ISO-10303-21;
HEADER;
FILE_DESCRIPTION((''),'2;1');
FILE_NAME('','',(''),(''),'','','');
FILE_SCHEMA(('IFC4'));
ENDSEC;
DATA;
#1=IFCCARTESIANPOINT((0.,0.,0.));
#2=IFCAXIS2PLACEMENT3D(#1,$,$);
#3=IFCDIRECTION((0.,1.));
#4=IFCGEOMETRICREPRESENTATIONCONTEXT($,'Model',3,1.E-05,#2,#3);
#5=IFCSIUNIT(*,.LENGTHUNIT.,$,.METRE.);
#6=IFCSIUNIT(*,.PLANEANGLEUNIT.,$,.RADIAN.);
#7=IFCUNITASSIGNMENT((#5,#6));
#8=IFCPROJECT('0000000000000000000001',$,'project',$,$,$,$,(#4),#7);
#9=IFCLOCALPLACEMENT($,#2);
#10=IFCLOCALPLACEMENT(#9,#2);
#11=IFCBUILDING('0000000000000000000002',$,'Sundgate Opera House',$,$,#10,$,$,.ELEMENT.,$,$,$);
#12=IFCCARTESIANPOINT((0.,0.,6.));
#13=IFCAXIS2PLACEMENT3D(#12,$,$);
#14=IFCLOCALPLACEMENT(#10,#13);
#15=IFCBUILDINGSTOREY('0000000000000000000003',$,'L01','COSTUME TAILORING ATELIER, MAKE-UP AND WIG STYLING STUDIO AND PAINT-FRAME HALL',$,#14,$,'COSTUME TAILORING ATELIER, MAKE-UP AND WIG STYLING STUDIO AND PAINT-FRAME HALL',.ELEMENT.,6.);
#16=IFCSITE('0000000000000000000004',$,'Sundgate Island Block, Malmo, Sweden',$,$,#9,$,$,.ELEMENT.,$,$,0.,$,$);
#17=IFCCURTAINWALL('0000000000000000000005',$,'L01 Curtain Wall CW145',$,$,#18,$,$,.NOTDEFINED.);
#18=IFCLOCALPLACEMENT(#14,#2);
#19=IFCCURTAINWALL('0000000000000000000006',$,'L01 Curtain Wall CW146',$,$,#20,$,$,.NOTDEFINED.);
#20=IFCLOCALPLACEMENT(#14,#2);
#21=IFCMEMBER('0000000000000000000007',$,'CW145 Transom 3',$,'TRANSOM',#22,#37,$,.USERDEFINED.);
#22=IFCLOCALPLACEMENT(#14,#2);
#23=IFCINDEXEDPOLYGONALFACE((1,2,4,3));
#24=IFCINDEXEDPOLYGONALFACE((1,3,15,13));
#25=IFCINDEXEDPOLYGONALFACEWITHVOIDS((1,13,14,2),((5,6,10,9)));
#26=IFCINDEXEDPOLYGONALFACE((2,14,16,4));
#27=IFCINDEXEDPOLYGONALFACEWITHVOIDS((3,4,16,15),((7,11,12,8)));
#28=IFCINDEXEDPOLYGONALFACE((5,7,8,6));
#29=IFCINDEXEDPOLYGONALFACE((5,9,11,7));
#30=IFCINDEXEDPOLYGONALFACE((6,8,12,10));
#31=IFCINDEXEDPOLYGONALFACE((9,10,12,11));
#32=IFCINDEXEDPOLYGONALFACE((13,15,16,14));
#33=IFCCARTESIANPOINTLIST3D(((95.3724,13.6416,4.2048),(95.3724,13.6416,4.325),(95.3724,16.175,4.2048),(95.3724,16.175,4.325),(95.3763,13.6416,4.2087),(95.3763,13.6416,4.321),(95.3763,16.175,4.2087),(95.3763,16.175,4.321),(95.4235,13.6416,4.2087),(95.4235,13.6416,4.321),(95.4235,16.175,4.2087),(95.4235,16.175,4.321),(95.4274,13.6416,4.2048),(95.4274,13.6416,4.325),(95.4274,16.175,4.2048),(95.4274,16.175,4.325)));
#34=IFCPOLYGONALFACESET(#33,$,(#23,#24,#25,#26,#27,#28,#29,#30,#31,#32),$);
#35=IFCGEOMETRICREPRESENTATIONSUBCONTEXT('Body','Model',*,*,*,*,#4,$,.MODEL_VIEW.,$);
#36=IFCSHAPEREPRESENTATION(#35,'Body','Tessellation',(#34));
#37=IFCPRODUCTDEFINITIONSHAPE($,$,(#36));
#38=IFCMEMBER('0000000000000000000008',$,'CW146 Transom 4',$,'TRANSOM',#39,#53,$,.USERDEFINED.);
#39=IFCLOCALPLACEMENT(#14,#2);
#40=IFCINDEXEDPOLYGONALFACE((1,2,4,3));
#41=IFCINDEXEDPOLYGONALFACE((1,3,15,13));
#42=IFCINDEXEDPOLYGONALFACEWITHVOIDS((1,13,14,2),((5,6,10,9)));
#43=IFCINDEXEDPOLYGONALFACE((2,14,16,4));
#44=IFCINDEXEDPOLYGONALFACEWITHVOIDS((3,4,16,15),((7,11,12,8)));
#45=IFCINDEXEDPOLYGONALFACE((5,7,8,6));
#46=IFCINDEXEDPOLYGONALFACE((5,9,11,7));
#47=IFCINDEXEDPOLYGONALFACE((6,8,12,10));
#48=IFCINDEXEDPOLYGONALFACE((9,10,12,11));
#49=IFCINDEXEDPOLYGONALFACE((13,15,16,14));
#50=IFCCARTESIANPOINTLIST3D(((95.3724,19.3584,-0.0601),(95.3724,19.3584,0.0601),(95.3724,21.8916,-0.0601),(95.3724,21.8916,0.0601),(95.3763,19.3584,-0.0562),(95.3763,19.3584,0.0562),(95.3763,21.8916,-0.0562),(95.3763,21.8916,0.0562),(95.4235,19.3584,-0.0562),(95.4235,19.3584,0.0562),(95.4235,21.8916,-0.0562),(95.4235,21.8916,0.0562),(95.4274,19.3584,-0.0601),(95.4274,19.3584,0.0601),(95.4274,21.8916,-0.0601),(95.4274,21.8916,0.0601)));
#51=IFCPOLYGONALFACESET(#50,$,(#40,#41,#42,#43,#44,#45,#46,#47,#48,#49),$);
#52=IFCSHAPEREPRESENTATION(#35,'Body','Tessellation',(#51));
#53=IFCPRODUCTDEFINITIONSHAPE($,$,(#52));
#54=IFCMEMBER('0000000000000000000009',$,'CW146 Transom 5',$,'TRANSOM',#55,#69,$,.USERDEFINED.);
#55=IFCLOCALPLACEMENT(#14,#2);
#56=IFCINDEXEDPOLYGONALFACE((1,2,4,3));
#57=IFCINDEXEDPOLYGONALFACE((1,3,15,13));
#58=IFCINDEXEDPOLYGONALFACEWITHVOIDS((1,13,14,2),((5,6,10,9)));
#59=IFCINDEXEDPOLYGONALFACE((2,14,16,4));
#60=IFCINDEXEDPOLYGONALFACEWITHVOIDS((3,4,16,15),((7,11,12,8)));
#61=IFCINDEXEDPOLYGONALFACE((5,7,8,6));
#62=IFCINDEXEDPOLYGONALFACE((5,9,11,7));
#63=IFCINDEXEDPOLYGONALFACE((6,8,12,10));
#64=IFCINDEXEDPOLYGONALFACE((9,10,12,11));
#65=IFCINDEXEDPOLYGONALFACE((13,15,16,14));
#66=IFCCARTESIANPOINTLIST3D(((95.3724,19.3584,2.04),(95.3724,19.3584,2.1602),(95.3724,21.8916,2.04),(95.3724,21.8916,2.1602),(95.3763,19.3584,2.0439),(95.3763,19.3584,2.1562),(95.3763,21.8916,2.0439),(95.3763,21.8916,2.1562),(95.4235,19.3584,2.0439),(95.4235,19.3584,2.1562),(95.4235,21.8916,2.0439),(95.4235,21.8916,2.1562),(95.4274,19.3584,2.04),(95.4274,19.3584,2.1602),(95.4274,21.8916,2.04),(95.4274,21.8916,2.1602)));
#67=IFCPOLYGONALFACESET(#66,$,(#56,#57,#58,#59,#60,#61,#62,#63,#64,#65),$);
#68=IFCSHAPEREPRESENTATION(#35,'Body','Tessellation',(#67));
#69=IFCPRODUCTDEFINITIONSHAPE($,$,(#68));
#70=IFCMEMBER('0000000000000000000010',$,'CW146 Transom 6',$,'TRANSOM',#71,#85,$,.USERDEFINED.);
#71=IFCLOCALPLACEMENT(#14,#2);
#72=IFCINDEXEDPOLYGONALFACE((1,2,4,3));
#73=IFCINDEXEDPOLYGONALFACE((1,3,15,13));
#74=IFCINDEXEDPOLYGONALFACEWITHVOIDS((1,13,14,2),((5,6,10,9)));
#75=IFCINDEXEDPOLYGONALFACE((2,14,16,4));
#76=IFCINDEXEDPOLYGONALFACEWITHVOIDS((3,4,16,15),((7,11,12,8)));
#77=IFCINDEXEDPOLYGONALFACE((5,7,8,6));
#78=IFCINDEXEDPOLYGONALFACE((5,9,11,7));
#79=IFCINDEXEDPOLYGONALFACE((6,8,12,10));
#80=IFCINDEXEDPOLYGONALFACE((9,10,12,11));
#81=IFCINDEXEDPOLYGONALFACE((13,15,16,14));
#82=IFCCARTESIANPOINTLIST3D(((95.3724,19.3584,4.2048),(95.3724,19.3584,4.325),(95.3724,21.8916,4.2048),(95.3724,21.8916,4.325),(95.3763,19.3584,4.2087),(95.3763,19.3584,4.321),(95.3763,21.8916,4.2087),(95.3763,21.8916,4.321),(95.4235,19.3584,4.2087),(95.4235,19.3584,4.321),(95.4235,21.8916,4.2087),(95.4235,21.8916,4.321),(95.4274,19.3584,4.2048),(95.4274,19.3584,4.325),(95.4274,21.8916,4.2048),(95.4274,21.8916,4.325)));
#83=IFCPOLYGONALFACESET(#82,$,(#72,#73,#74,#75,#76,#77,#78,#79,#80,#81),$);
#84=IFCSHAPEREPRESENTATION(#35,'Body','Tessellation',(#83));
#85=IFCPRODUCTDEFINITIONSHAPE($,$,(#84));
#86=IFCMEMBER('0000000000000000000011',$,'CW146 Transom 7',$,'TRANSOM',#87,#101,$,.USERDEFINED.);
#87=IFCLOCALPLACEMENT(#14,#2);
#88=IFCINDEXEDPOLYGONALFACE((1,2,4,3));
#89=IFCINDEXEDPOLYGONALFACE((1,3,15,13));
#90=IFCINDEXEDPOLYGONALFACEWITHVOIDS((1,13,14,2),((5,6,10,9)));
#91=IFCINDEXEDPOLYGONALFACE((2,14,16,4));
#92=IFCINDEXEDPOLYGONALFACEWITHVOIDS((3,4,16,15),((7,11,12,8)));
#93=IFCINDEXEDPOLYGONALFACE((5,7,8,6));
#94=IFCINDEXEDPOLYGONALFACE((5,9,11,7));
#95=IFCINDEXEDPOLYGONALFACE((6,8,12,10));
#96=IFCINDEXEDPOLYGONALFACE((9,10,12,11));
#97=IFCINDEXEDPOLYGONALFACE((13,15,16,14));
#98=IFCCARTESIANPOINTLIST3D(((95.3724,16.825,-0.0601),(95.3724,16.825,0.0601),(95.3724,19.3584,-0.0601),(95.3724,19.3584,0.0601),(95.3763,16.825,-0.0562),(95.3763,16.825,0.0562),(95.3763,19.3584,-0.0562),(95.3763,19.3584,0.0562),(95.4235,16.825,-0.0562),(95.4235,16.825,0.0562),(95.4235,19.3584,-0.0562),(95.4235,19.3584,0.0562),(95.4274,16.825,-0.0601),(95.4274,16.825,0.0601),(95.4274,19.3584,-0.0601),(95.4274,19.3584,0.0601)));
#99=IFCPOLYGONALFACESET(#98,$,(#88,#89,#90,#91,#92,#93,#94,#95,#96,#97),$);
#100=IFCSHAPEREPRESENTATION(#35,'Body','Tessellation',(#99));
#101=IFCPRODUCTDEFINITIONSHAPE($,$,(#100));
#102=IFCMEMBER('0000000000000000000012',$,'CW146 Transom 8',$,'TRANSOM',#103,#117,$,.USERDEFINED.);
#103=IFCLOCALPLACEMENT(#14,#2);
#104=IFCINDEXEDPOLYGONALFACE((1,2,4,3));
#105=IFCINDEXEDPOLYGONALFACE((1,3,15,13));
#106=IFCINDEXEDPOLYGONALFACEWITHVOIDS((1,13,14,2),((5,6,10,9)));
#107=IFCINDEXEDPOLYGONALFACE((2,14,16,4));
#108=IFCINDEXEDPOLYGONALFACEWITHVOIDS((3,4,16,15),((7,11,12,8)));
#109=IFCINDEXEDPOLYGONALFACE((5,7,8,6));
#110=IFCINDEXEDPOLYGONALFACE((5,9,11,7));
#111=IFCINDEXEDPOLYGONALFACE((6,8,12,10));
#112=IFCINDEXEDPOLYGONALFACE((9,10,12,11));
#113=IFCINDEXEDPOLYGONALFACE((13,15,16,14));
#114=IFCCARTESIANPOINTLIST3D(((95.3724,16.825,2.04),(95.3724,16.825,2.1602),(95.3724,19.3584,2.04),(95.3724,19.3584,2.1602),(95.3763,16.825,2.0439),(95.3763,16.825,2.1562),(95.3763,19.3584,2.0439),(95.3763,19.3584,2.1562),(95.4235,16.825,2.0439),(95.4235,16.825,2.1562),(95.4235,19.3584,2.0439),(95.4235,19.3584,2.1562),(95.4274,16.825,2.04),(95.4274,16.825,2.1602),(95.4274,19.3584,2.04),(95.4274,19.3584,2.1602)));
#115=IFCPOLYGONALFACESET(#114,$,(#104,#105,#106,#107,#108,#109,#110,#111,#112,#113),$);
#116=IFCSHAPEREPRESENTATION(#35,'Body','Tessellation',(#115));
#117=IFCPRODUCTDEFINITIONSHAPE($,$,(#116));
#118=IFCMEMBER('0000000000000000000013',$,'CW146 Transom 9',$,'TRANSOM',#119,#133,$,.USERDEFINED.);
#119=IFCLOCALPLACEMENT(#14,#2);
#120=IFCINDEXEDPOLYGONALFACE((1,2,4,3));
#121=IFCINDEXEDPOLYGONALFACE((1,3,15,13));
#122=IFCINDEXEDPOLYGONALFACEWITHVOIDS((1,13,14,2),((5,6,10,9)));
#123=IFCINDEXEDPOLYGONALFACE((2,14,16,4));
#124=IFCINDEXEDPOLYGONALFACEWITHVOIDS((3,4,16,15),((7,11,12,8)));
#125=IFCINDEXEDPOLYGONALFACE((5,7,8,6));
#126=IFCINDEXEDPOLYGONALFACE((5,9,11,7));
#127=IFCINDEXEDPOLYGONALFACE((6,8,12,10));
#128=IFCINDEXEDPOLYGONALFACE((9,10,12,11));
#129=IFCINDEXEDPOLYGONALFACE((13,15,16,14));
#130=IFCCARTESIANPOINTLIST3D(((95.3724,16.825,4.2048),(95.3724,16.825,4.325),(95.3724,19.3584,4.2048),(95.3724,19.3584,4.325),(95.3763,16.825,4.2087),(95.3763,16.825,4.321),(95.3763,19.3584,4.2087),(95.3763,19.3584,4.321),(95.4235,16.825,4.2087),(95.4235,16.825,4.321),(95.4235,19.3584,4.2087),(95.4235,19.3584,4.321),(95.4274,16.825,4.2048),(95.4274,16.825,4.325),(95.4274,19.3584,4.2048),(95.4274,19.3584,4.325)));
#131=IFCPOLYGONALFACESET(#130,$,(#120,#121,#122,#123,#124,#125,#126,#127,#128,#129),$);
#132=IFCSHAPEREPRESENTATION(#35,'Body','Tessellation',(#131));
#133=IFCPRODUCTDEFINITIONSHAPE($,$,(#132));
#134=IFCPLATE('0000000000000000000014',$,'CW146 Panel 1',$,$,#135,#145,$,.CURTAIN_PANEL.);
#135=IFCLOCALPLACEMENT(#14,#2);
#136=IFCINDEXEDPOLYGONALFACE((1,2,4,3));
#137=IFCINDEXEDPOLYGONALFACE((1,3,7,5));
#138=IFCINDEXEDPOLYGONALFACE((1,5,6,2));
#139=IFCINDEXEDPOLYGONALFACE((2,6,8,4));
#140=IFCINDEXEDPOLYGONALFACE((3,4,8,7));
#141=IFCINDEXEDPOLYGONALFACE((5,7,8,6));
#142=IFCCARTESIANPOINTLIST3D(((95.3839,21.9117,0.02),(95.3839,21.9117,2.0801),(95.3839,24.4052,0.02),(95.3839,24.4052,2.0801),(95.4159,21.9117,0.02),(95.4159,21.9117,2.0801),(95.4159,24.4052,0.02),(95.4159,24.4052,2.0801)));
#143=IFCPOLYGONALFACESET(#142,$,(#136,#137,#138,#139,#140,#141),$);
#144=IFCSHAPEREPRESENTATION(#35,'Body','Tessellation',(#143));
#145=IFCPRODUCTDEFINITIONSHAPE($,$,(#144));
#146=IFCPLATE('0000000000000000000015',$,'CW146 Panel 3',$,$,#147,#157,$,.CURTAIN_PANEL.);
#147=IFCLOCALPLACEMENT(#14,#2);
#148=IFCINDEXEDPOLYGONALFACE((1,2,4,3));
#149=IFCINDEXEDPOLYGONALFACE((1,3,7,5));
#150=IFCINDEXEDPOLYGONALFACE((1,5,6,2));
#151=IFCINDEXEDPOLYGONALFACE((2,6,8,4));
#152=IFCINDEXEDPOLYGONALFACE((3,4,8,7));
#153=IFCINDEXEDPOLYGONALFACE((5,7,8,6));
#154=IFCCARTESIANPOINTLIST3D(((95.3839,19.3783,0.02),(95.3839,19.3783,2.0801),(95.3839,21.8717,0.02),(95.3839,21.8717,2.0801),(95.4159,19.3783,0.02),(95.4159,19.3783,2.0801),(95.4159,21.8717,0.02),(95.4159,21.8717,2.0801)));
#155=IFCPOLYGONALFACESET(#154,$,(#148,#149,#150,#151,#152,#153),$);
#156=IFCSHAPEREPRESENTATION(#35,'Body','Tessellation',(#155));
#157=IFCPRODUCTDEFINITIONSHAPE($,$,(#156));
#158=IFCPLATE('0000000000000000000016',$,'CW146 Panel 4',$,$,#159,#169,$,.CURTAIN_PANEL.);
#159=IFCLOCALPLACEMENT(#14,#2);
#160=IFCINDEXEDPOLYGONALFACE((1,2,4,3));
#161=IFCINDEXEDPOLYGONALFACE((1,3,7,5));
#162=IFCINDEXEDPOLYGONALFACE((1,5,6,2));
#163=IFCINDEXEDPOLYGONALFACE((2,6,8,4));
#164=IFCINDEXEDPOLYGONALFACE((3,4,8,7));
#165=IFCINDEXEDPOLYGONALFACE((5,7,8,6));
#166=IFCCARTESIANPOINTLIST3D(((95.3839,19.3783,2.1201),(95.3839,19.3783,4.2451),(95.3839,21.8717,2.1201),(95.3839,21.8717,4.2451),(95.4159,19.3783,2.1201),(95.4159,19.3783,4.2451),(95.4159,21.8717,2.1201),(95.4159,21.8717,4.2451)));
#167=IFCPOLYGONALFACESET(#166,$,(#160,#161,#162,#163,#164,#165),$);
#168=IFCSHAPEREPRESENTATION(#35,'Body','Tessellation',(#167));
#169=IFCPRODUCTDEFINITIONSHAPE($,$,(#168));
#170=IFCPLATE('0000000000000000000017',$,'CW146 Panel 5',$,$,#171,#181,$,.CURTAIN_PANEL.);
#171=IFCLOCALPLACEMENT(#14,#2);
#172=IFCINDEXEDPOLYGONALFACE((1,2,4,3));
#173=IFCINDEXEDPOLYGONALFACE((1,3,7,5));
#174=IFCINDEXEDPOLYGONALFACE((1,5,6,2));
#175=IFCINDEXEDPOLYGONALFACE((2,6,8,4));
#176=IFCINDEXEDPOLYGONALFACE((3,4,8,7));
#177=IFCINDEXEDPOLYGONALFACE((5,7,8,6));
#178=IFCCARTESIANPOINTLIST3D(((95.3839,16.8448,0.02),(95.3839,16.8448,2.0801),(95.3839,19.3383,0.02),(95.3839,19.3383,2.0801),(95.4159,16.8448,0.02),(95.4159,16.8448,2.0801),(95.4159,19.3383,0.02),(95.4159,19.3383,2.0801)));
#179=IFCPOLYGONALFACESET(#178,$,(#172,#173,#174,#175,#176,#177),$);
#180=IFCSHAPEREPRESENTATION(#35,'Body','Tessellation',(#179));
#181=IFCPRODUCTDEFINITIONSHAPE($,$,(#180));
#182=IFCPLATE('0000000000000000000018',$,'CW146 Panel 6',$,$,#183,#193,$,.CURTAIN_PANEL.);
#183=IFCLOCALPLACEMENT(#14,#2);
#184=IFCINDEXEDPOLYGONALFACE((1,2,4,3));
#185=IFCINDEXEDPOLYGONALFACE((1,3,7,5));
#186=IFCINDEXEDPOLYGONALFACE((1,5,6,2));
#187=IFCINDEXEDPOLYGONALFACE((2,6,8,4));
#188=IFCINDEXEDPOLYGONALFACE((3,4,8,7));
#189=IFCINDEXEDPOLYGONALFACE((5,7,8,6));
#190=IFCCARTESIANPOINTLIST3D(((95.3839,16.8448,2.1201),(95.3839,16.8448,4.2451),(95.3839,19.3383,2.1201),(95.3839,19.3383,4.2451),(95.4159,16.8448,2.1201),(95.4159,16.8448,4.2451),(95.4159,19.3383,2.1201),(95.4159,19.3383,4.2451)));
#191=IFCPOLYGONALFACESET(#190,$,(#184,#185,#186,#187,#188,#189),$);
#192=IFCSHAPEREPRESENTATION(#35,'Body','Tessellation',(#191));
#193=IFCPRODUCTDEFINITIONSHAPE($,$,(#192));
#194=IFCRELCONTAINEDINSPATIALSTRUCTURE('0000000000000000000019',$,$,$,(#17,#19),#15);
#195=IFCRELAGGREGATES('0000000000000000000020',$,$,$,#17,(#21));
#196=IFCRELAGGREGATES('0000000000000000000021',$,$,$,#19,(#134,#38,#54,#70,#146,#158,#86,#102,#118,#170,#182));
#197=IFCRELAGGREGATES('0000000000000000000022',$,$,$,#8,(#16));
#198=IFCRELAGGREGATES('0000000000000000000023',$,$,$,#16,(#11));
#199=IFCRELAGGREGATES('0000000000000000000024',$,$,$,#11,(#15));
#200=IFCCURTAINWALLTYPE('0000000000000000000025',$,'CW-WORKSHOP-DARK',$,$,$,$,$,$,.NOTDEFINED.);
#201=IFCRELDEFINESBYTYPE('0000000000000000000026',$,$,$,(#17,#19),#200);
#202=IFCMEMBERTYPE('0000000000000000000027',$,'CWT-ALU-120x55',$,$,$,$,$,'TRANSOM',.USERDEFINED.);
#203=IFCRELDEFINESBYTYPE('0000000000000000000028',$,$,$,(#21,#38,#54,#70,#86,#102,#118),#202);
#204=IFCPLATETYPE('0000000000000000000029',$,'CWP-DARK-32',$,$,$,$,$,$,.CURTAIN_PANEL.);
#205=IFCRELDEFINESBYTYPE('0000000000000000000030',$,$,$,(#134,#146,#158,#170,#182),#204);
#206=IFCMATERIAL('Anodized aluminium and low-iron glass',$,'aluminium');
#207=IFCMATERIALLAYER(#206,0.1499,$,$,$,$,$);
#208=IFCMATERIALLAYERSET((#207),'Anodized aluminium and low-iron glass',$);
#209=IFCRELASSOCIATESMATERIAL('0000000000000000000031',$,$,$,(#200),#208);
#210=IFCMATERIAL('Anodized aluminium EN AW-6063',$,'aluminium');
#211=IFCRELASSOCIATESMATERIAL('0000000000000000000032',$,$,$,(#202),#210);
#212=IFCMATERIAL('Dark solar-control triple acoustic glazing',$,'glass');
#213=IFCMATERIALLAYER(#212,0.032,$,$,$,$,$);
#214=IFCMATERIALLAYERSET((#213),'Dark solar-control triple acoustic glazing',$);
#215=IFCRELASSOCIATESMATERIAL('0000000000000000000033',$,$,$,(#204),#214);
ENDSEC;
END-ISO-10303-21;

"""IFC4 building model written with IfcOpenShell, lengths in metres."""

from ifc_helpers import new_model, si_unit, direction, frame, origin, origin_2d, place, context, subcontext, project, spatial, rectangle, hollow_rectangle, extrude, material, layer, layer_set, material_profile, profile_set, type_object, element, aggregate, save


model = new_model("IFC4")

# Units and contexts
model_context = context("Model", 3, precision=1e-05, world=origin(), true_north=direction((0.0, 1.0)))
body_context = subcontext(model_context, "Body", "Model", "MODEL_VIEW")
ifc_project = project(units=[si_unit("LENGTHUNIT", "METRE"), si_unit("PLANEANGLEUNIT", "RADIAN")], contexts=[model_context])

# Site, building, storey
site_placement = place(None, origin())
site = spatial("IfcSite", under=ifc_project, at=site_placement, Name="Sundgate Island Block, Malmo, Sweden", CompositionType="ELEMENT", RefElevation=0.0)
building_placement = place(site_placement, origin())
building = spatial("IfcBuilding", under=site, at=building_placement, Name="Sundgate Opera House", CompositionType="ELEMENT")
storey_placement = place(building_placement, frame((0.0, 0.0, 6.0)))
storey = spatial("IfcBuildingStorey", under=building, at=storey_placement, Name="L01", Description="COSTUME TAILORING ATELIER, MAKE-UP AND WIG STYLING STUDIO AND PAINT-FRAME HALL", LongName="COSTUME TAILORING ATELIER, MAKE-UP AND WIG STYLING STUDIO AND PAINT-FRAME HALL", CompositionType="ELEMENT", Elevation=6.0)

# Curtain wall
ifc_material_1 = material(Name="Anodized aluminium and low-iron glass", Category="aluminium")
ifc_layer_1 = layer(ifc_material_1, 0.1499)
ifc_layer_set_1 = layer_set([ifc_layer_1], Name="Anodized aluminium and low-iron glass")
curtain_wall_type = type_object("IfcCurtainWallType", Name="CW-WORKSHOP-DARK", PredefinedType="NOTDEFINED", material=ifc_layer_set_1)
curtain_wall_1_placement = place(storey_placement, origin())
curtain_wall_1 = element("IfcCurtainWall", 1, at=curtain_wall_1_placement, inside=storey, type_object=curtain_wall_type, Name="L01 Curtain Wall CW145", PredefinedType="NOTDEFINED")

# Curtain wall
curtain_wall_2_placement = place(storey_placement, origin())
curtain_wall_2 = element("IfcCurtainWall", 2, at=curtain_wall_2_placement, inside=storey, type_object=curtain_wall_type, Name="L01 Curtain Wall CW146", PredefinedType="NOTDEFINED")

# Members
ifc_material_2 = material(Name="Anodized aluminium EN AW-6063", Category="aluminium")
ifc_material_profile_1 = material_profile(ifc_material_2, hollow_rectangle(XDim=0.0549, YDim=0.1201, WallThickness=0.0039, at=origin_2d()), Name="CWT 120x55x4")
ifc_profile_set_1 = profile_set([ifc_material_profile_1], Name="Anodized aluminium EN AW-6063")
member_type_1 = type_object("IfcMemberType", Name="CWT-ALU-120x55", ElementType="TRANSOM", PredefinedType="USERDEFINED", material=ifc_profile_set_1)
member_1_placement = place(storey_placement, frame((95.3999, 16.175, 4.2649), z_axis=(0.0, -1.0, 0.0), x_axis=(1.0, 0.0, 0.0)))
member_1 = element("IfcMember", 3, at=member_1_placement, type_object=member_type_1, Name="CW145 Transom 3", ObjectType="TRANSOM", PredefinedType="USERDEFINED", context=body_context, shape_type="SweptSolid", body=[
    extrude(hollow_rectangle(XDim=0.0549, YDim=0.1201, WallThickness=0.0039, at=origin_2d()), origin(), (0.0, 0.0, 1.0), 2.5334),
])
aggregate(curtain_wall_1, [member_1])
member_2_placement = place(storey_placement, frame((95.3999, 21.8916, 0.0), z_axis=(0.0, -1.0, 0.0), x_axis=(1.0, 0.0, 0.0)))
member_2 = element("IfcMember", 4, at=member_2_placement, type_object=member_type_1, Name="CW146 Transom 4", ObjectType="TRANSOM", PredefinedType="USERDEFINED", context=body_context, shape_type="SweptSolid", body=[
    extrude(hollow_rectangle(XDim=0.0549, YDim=0.1201, WallThickness=0.0039, at=origin_2d()), origin(), (0.0, 0.0, 1.0), 2.5332),
])
member_3_placement = place(storey_placement, frame((95.3999, 21.8916, 2.1001), z_axis=(0.0, -1.0, 0.0), x_axis=(1.0, 0.0, 0.0)))
member_3 = element("IfcMember", 5, at=member_3_placement, type_object=member_type_1, Name="CW146 Transom 5", ObjectType="TRANSOM", PredefinedType="USERDEFINED", context=body_context, shape_type="SweptSolid", body=[
    extrude(hollow_rectangle(XDim=0.0549, YDim=0.1201, WallThickness=0.0039, at=origin_2d()), origin(), (0.0, 0.0, 1.0), 2.5332),
])
member_4_placement = place(storey_placement, frame((95.3999, 21.8916, 4.2649), z_axis=(0.0, -1.0, 0.0), x_axis=(1.0, 0.0, 0.0)))
member_4 = element("IfcMember", 6, at=member_4_placement, type_object=member_type_1, Name="CW146 Transom 6", ObjectType="TRANSOM", PredefinedType="USERDEFINED", context=body_context, shape_type="SweptSolid", body=[
    extrude(hollow_rectangle(XDim=0.0549, YDim=0.1201, WallThickness=0.0039, at=origin_2d()), origin(), (0.0, 0.0, 1.0), 2.5332),
])
member_5_placement = place(storey_placement, frame((95.3999, 19.3584, 0.0), z_axis=(0.0, -1.0, 0.0), x_axis=(1.0, 0.0, 0.0)))
member_5 = element("IfcMember", 7, at=member_5_placement, type_object=member_type_1, Name="CW146 Transom 7", ObjectType="TRANSOM", PredefinedType="USERDEFINED", context=body_context, shape_type="SweptSolid", body=[
    extrude(hollow_rectangle(XDim=0.0549, YDim=0.1201, WallThickness=0.0039, at=origin_2d()), origin(), (0.0, 0.0, 1.0), 2.5334),
])
member_6_placement = place(storey_placement, frame((95.3999, 19.3584, 2.1001), z_axis=(0.0, -1.0, 0.0), x_axis=(1.0, 0.0, 0.0)))
member_6 = element("IfcMember", 8, at=member_6_placement, type_object=member_type_1, Name="CW146 Transom 8", ObjectType="TRANSOM", PredefinedType="USERDEFINED", context=body_context, shape_type="SweptSolid", body=[
    extrude(hollow_rectangle(XDim=0.0549, YDim=0.1201, WallThickness=0.0039, at=origin_2d()), origin(), (0.0, 0.0, 1.0), 2.5334),
])
member_7_placement = place(storey_placement, frame((95.3999, 19.3584, 4.2649), z_axis=(0.0, -1.0, 0.0), x_axis=(1.0, 0.0, 0.0)))
member_7 = element("IfcMember", 9, at=member_7_placement, type_object=member_type_1, Name="CW146 Transom 9", ObjectType="TRANSOM", PredefinedType="USERDEFINED", context=body_context, shape_type="SweptSolid", body=[
    extrude(hollow_rectangle(XDim=0.0549, YDim=0.1201, WallThickness=0.0039, at=origin_2d()), origin(), (0.0, 0.0, 1.0), 2.5334),
])

# Plates
ifc_material_3 = material(Name="Dark solar-control triple acoustic glazing", Category="glass")
ifc_layer_2 = layer(ifc_material_3, 0.032)
ifc_layer_set_2 = layer_set([ifc_layer_2], Name="Dark solar-control triple acoustic glazing")
plate_type_1 = type_object("IfcPlateType", Name="CWP-DARK-32", PredefinedType="CURTAIN_PANEL", material=ifc_layer_set_2)
plate_1_placement = place(storey_placement, frame((95.3999, 23.1584, 0.02), z_axis=(0.0, 0.0, 1.0), x_axis=(0.0, -1.0, 0.0)))
plate_1 = element("IfcPlate", 10, at=plate_1_placement, type_object=plate_type_1, Name="CW146 Panel 1", PredefinedType="CURTAIN_PANEL", context=body_context, shape_type="SweptSolid", body=[
    extrude(rectangle(XDim=2.4934, YDim=0.032, at=origin_2d()), origin(), (0.0, 0.0, 1.0), 2.0601),
])
plate_2_placement = place(storey_placement, frame((95.3999, 20.625, 0.02), z_axis=(0.0, 0.0, 1.0), x_axis=(0.0, -1.0, 0.0)))
plate_2 = element("IfcPlate", 11, at=plate_2_placement, type_object=plate_type_1, Name="CW146 Panel 3", PredefinedType="CURTAIN_PANEL", context=body_context, shape_type="SweptSolid", body=[
    extrude(rectangle(XDim=2.4934, YDim=0.032, at=origin_2d()), origin(), (0.0, 0.0, 1.0), 2.0601),
])
plate_3_placement = place(storey_placement, frame((95.3999, 20.625, 2.1201), z_axis=(0.0, 0.0, 1.0), x_axis=(0.0, -1.0, 0.0)))
plate_3 = element("IfcPlate", 12, at=plate_3_placement, type_object=plate_type_1, Name="CW146 Panel 4", PredefinedType="CURTAIN_PANEL", context=body_context, shape_type="SweptSolid", body=[
    extrude(rectangle(XDim=2.4934, YDim=0.032, at=origin_2d()), origin(), (0.0, 0.0, 1.0), 2.125),
])
plate_4_placement = place(storey_placement, frame((95.3999, 18.0916, 0.02), z_axis=(0.0, 0.0, 1.0), x_axis=(0.0, -1.0, 0.0)))
plate_4 = element("IfcPlate", 13, at=plate_4_placement, type_object=plate_type_1, Name="CW146 Panel 5", PredefinedType="CURTAIN_PANEL", context=body_context, shape_type="SweptSolid", body=[
    extrude(rectangle(XDim=2.4934, YDim=0.032, at=origin_2d()), origin(), (0.0, 0.0, 1.0), 2.0601),
])
plate_5_placement = place(storey_placement, frame((95.3999, 18.0916, 2.1201), z_axis=(0.0, 0.0, 1.0), x_axis=(0.0, -1.0, 0.0)))
plate_5 = element("IfcPlate", 14, at=plate_5_placement, type_object=plate_type_1, Name="CW146 Panel 6", PredefinedType="CURTAIN_PANEL", context=body_context, shape_type="SweptSolid", body=[
    extrude(rectangle(XDim=2.4934, YDim=0.032, at=origin_2d()), origin(), (0.0, 0.0, 1.0), 2.125),
])
aggregate(curtain_wall_2, [plate_1, member_2, member_3, member_4, plate_2, plate_3, member_5, member_6, member_7, plate_4, plate_5])

save(model, "model.ifc")
